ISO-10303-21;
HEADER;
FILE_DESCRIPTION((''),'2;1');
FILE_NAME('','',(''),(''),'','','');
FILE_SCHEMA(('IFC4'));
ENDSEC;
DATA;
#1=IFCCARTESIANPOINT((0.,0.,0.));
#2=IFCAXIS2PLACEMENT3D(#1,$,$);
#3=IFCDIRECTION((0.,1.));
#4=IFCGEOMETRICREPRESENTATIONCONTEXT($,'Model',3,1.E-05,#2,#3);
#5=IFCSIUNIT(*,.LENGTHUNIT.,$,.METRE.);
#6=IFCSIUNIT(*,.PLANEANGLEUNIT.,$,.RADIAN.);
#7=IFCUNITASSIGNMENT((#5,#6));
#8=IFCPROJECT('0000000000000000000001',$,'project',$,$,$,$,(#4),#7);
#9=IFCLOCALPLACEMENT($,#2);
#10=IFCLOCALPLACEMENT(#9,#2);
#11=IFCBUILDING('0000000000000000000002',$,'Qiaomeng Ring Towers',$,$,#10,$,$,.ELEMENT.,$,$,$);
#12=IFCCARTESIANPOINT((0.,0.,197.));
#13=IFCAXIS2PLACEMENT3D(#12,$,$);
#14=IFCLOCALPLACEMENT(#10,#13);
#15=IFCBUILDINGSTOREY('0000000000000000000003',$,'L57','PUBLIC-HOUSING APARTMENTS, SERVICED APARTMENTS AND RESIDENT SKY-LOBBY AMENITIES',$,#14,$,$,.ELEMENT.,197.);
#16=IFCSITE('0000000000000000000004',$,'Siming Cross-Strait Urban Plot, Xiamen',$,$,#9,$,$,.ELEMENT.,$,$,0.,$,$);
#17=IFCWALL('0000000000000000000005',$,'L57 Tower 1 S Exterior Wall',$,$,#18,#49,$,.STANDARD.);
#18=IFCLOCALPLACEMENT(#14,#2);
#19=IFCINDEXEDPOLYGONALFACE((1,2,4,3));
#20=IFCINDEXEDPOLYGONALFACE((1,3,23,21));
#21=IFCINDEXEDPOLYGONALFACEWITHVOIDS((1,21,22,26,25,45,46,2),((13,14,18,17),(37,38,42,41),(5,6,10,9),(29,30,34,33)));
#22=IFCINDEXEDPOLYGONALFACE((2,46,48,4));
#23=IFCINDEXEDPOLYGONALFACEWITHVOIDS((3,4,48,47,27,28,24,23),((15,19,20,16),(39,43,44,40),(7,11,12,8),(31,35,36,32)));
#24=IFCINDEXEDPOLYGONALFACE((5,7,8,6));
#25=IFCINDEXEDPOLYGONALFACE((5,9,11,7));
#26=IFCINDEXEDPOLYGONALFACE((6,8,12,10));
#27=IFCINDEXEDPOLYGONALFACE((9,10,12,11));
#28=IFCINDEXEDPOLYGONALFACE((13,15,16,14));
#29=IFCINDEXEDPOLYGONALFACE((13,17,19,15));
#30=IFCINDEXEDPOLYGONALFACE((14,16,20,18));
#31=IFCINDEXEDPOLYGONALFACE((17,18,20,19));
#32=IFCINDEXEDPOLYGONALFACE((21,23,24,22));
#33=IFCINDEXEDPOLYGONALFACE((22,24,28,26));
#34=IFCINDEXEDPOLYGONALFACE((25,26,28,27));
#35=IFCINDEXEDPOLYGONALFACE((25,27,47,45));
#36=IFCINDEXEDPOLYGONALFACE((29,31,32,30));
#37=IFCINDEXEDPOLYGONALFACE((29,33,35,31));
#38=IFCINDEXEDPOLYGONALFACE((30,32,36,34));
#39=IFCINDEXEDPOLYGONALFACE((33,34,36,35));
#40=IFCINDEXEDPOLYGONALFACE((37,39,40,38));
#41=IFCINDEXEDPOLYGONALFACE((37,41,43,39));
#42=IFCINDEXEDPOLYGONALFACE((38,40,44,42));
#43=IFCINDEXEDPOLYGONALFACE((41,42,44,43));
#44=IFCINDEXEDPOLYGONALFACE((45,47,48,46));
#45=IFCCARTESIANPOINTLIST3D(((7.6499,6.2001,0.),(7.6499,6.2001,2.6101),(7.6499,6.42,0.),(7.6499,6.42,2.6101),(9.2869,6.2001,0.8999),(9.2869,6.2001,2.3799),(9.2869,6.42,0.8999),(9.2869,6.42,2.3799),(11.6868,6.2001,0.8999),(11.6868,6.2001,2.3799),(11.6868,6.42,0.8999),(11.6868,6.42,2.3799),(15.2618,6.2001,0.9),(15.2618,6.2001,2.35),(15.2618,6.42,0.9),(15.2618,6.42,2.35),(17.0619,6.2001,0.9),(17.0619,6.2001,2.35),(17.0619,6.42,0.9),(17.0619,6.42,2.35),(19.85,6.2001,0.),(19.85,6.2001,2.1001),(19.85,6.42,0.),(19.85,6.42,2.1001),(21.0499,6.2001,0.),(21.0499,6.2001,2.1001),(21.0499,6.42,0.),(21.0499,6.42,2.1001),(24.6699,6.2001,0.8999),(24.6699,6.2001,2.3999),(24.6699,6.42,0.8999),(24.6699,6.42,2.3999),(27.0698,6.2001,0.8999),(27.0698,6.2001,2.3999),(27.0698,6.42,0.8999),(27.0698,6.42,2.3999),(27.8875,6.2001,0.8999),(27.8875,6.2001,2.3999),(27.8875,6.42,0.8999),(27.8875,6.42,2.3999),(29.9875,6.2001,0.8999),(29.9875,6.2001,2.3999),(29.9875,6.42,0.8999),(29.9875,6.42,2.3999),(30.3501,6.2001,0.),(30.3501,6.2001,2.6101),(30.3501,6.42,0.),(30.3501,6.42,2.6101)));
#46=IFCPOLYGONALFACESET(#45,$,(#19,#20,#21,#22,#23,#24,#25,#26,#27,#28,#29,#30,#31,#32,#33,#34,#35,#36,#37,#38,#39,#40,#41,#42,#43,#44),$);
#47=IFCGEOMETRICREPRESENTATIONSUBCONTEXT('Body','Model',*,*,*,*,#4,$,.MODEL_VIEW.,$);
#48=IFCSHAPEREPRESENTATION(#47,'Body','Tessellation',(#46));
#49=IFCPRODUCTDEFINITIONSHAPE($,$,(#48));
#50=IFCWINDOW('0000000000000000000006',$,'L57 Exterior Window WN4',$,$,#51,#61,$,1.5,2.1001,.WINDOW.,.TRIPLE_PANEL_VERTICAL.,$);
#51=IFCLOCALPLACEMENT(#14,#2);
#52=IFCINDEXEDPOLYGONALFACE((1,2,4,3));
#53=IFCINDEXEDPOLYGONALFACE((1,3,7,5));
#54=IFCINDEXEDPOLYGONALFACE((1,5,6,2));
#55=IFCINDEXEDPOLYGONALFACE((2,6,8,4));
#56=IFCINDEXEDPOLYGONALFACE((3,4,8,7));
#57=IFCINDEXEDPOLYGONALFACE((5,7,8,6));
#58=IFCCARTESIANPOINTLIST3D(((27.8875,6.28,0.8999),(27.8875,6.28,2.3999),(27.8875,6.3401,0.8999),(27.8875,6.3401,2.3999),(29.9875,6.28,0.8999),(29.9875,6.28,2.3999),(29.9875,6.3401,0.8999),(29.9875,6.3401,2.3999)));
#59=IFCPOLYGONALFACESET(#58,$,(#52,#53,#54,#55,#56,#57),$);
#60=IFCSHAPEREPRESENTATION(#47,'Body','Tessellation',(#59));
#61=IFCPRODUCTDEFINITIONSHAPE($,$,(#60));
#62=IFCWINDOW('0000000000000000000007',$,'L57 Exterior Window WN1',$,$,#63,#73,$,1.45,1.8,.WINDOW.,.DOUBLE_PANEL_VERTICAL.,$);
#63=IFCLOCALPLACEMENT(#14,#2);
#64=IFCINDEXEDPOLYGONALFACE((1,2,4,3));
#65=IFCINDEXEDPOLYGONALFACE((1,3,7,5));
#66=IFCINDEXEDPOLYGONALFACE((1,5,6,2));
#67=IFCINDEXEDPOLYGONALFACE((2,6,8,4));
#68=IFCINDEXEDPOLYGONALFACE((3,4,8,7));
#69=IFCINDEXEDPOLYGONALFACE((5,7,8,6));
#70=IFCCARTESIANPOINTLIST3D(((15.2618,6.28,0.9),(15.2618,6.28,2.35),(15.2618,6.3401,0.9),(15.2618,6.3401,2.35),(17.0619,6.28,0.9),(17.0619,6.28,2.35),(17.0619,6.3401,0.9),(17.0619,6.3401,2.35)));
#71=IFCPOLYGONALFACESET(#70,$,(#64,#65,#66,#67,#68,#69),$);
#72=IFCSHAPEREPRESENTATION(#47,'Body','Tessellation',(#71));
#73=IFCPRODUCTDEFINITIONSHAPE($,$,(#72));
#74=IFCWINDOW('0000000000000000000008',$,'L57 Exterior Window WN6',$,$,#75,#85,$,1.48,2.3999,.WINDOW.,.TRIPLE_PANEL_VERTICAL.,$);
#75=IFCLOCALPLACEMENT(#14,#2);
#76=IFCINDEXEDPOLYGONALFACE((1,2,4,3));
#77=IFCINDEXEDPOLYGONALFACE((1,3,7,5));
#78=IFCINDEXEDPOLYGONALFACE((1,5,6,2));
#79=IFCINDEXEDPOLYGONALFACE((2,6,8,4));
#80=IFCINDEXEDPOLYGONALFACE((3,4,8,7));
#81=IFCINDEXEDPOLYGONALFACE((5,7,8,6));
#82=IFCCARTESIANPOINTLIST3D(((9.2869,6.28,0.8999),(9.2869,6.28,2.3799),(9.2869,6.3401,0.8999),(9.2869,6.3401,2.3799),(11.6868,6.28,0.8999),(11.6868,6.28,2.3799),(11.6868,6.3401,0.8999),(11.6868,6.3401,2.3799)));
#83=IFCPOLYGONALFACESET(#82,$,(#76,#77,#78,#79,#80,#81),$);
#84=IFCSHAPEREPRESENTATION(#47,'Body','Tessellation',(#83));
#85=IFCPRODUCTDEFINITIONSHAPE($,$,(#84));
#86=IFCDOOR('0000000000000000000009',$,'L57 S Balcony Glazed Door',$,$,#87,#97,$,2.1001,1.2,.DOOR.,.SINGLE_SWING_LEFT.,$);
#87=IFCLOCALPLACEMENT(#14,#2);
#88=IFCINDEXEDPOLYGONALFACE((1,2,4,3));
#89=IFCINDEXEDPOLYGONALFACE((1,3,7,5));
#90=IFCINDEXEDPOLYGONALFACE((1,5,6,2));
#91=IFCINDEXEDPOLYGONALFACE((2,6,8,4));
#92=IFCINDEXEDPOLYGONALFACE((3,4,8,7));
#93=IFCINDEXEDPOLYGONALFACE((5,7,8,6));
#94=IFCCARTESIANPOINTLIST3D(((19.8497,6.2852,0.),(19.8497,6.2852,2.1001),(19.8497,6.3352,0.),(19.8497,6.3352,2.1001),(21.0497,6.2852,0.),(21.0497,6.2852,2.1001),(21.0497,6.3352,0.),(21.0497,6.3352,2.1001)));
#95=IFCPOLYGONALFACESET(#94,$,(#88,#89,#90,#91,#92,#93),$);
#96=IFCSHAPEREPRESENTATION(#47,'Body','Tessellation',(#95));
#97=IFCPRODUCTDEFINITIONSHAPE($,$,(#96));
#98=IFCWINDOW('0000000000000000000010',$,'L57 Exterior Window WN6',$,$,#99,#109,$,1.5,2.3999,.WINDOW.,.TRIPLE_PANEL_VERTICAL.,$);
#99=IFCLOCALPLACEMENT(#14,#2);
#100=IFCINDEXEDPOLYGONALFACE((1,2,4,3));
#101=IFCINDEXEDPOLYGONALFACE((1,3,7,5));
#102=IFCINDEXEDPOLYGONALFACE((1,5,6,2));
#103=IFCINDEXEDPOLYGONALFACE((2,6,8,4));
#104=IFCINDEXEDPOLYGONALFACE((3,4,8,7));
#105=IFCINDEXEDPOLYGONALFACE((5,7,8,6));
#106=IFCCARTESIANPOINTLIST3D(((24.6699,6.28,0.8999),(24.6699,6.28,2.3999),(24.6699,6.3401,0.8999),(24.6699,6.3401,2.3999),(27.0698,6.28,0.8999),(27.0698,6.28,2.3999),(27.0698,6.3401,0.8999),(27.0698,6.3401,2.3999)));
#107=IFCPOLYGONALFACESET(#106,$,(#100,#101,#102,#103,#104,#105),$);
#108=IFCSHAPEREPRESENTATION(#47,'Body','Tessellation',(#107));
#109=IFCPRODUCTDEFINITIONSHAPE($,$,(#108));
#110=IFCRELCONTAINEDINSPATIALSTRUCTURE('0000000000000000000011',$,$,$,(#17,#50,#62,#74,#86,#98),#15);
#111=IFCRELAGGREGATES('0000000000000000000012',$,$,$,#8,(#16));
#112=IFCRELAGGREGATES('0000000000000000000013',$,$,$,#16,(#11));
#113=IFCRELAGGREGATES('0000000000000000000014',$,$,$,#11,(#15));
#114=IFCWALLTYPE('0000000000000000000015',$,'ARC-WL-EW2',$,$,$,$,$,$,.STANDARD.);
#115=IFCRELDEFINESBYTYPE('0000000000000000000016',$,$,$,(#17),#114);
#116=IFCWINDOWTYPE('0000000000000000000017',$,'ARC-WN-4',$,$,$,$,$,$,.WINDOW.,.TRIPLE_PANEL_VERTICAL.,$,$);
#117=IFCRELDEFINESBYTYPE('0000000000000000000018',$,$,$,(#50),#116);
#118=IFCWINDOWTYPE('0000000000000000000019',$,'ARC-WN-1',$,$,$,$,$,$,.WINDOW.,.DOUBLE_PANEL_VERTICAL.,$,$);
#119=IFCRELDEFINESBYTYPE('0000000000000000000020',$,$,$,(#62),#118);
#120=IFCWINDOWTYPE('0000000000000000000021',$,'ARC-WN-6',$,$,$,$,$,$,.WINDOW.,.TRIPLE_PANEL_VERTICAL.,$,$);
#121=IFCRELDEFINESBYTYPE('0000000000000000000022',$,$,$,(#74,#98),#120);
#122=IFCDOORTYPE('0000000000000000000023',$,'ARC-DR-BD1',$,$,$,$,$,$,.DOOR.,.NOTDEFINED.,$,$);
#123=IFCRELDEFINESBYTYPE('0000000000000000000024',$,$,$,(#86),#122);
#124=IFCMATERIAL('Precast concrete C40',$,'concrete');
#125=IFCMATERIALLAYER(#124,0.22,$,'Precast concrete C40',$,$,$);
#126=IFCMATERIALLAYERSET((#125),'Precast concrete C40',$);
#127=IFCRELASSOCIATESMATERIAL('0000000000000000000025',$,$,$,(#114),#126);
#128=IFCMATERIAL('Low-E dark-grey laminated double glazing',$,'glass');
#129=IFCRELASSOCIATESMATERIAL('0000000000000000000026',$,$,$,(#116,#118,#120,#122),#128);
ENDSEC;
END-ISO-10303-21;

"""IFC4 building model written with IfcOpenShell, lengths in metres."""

from ifc_helpers import new_model, si_unit, direction, frame, frame_2d, origin, place, context, subcontext, project, spatial, rectangle, extrude, source, transform, mapped, material, layer, layer_set, type_object, element, fill, save


model = new_model("IFC4")

# Units and contexts
model_context = context("Model", 3, precision=1e-05, world=origin(), true_north=direction((0.0, 1.0)))
body_context = subcontext(model_context, "Body", "Model", "MODEL_VIEW")
ifc_project = project(units=[si_unit("LENGTHUNIT", "METRE"), si_unit("PLANEANGLEUNIT", "RADIAN")], contexts=[model_context])

# Site, building, storey
site_placement = place(None, origin())
site = spatial("IfcSite", under=ifc_project, at=site_placement, Name="Siming Cross-Strait Urban Plot, Xiamen", CompositionType="ELEMENT", RefElevation=0.0)
building_placement = place(site_placement, origin())
building = spatial("IfcBuilding", under=site, at=building_placement, Name="Qiaomeng Ring Towers", CompositionType="ELEMENT")
storey_placement = place(building_placement, frame((0.0, 0.0, 197.0)))
storey = spatial("IfcBuildingStorey", under=building, at=storey_placement, Name="L57", Description="PUBLIC-HOUSING APARTMENTS, SERVICED APARTMENTS AND RESIDENT SKY-LOBBY AMENITIES", CompositionType="ELEMENT", Elevation=197.0)

# Shared definitions
ifc_material_1 = material(Name="Low-E dark-grey laminated double glazing", Category="glass")

# Wall, openings, windows, door
ifc_material_2 = material(Name="Precast concrete C40", Category="concrete")
ifc_layer_1 = layer(ifc_material_2, 0.22, Name="Precast concrete C40")
ifc_layer_set_1 = layer_set([ifc_layer_1], Name="Precast concrete C40")
wall_type = type_object("IfcWallType", Name="ARC-WL-EW2", PredefinedType="STANDARD", material=ifc_layer_set_1)
wall_placement = place(storey_placement, frame((7.6499, 6.3101, 0.0), z_axis=(0.0, 0.0, 1.0), x_axis=(1.0, 0.0, 0.0)))
wall = element("IfcWall", 1, at=wall_placement, inside=storey, type_object=wall_type, Name="L57 Tower 1 S Exterior Wall", PredefinedType="STANDARD", context=body_context, shape_type="SweptSolid", body=[
    extrude(rectangle(XDim=22.7002, YDim=0.22, at=frame_2d((11.3501, 0.0))), origin(), (0.0, 0.0, 1.0), 2.6101),
])
opening_1_placement = place(wall_placement, frame((12.2, 0.0, 0.0)))
opening_1 = element("IfcOpeningElement", 2, at=opening_1_placement, cuts=wall, PredefinedType="OPENING", context=body_context, shape_type="SweptSolid", body=[
    extrude(rectangle(XDim=1.2, YDim=2.1001, at=frame_2d((0.6001, 1.05))), frame((0.0, 0.1199, 0.0), z_axis=(0.0, -1.0, 0.0), x_axis=(1.0, 0.0, 0.0)), (0.0, 0.0, 1.0), 0.24),
])
opening_2_placement = place(wall_placement, frame((1.637, 0.0, 0.8999)))
opening_2 = element("IfcOpeningElement", 3, at=opening_2_placement, cuts=wall, PredefinedType="OPENING", context=body_context, shape_type="SweptSolid", body=[
    extrude(rectangle(XDim=2.3999, YDim=1.48, at=frame_2d((1.2, 0.74))), frame((0.0, 0.1199, 0.0), z_axis=(0.0, -1.0, 0.0), x_axis=(1.0, 0.0, 0.0)), (0.0, 0.0, 1.0), 0.24),
])
opening_3_placement = place(wall_placement, frame((7.6121, 0.0, 0.8999)))
opening_3 = element("IfcOpeningElement", 4, at=opening_3_placement, cuts=wall, PredefinedType="OPENING", context=body_context, shape_type="SweptSolid", body=[
    extrude(rectangle(XDim=1.8, YDim=1.45, at=frame_2d((0.8999, 0.7251))), frame((0.0, 0.1199, 0.0), z_axis=(0.0, -1.0, 0.0), x_axis=(1.0, 0.0, 0.0)), (0.0, 0.0, 1.0), 0.24),
])
opening_4_placement = place(wall_placement, frame((20.2375, 0.0, 0.8999)))
opening_4 = element("IfcOpeningElement", 5, at=opening_4_placement, cuts=wall, PredefinedType="OPENING", context=body_context, shape_type="SweptSolid", body=[
    extrude(rectangle(XDim=2.1001, YDim=1.5, at=frame_2d((1.05, 0.75))), frame((0.0, 0.1199, 0.0), z_axis=(0.0, -1.0, 0.0), x_axis=(1.0, 0.0, 0.0)), (0.0, 0.0, 1.0), 0.24),
])
opening_5_placement = place(wall_placement, frame((17.02, 0.0, 0.8999)))
opening_5 = element("IfcOpeningElement", 6, at=opening_5_placement, cuts=wall, PredefinedType="OPENING", context=body_context, shape_type="SweptSolid", body=[
    extrude(rectangle(XDim=2.3999, YDim=1.5, at=frame_2d((1.2, 0.75))), frame((0.0, 0.1199, 0.0), z_axis=(0.0, -1.0, 0.0), x_axis=(1.0, 0.0, 0.0)), (0.0, 0.0, 1.0), 0.24),
])
window_type_1 = type_object("IfcWindowType", Name="ARC-WN-4", PartitioningType="TRIPLE_PANEL_VERTICAL", PredefinedType="WINDOW", material=ifc_material_1)
shared_shape_1 = source(origin(), body_context, "Body", "SweptSolid", [
    extrude(rectangle(XDim=2.1001, YDim=1.5, at=frame_2d((1.05, 0.75))), frame((0.0, 0.03, 0.0), z_axis=(0.0, -1.0, 0.0), x_axis=(1.0, 0.0, 0.0)), (0.0, 0.0, 1.0), 0.0601),
])
window_1_placement = place(opening_4_placement, origin())
window_1 = element("IfcWindow", 7, at=window_1_placement, inside=storey, type_object=window_type_1, Name="L57 Exterior Window WN4", OverallHeight=1.5, OverallWidth=2.1001, PartitioningType="TRIPLE_PANEL_VERTICAL", PredefinedType="WINDOW", context=body_context, shape_type="MappedRepresentation", body=[
    mapped(shared_shape_1, transform((0.0, 0.0, 0.0), x_axis=(1.0, 0.0, 0.0), y_axis=(0.0, 1.0, 0.0), z_axis=(0.0, 0.0, 1.0), scale=1.0)),
])
fill(opening_4, window_1)
window_type_2 = type_object("IfcWindowType", Name="ARC-WN-1", PartitioningType="DOUBLE_PANEL_VERTICAL", PredefinedType="WINDOW", material=ifc_material_1)
shared_shape_2 = source(origin(), body_context, "Body", "SweptSolid", [
    extrude(rectangle(XDim=1.8, YDim=1.45, at=frame_2d((0.8999, 0.7251))), frame((0.0, 0.03, 0.0), z_axis=(0.0, -1.0, 0.0), x_axis=(1.0, 0.0, 0.0)), (0.0, 0.0, 1.0), 0.0601),
])
window_2_placement = place(opening_3_placement, origin())
window_2 = element("IfcWindow", 8, at=window_2_placement, inside=storey, type_object=window_type_2, Name="L57 Exterior Window WN1", OverallHeight=1.45, OverallWidth=1.8, PartitioningType="DOUBLE_PANEL_VERTICAL", PredefinedType="WINDOW", context=body_context, shape_type="MappedRepresentation", body=[
    mapped(shared_shape_2, transform((0.0, 0.0, 0.0), x_axis=(1.0, 0.0, 0.0), y_axis=(0.0, 1.0, 0.0), z_axis=(0.0, 0.0, 1.0), scale=1.0)),
])
fill(opening_3, window_2)
window_type_3 = type_object("IfcWindowType", Name="ARC-WN-6", PartitioningType="TRIPLE_PANEL_VERTICAL", PredefinedType="WINDOW", material=ifc_material_1)
shared_shape_3 = source(origin(), body_context, "Body", "SweptSolid", [
    extrude(rectangle(XDim=2.3999, YDim=1.48, at=frame_2d((1.2, 0.74))), frame((0.0, 0.03, 0.0), z_axis=(0.0, -1.0, 0.0), x_axis=(1.0, 0.0, 0.0)), (0.0, 0.0, 1.0), 0.0601),
])
window_3_placement = place(opening_2_placement, origin())
window_3 = element("IfcWindow", 9, at=window_3_placement, inside=storey, type_object=window_type_3, Name="L57 Exterior Window WN6", OverallHeight=1.48, OverallWidth=2.3999, PartitioningType="TRIPLE_PANEL_VERTICAL", PredefinedType="WINDOW", context=body_context, shape_type="MappedRepresentation", body=[
    mapped(shared_shape_3, transform((0.0, 0.0, 0.0), x_axis=(1.0, 0.0, 0.0), y_axis=(0.0, 1.0, 0.0), z_axis=(0.0, 0.0, 1.0), scale=1.0)),
])
fill(opening_2, window_3)
door_type = type_object("IfcDoorType", Name="ARC-DR-BD1", OperationType="NOTDEFINED", PredefinedType="DOOR", material=ifc_material_1)
shared_shape_4 = source(origin(), body_context, "Body", "SweptSolid", [
    extrude(rectangle(XDim=1.2, YDim=2.1001, at=frame_2d((0.6001, 1.05))), frame((0.0, 0.0249, 0.0), z_axis=(0.0, -1.0, 0.0), x_axis=(1.0, 0.0, 0.0)), (0.0, 0.0, 1.0), 0.05),
])
door_placement = place(opening_1_placement, frame((1.2, 0.0, 0.0), z_axis=(0.0, 0.0, 1.0), x_axis=(-1.0, 0.0, 0.0)))
door = element("IfcDoor", 10, at=door_placement, inside=storey, type_object=door_type, Name="L57 S Balcony Glazed Door", OperationType="SINGLE_SWING_LEFT", OverallHeight=2.1001, OverallWidth=1.2, PredefinedType="DOOR", context=body_context, shape_type="MappedRepresentation", body=[
    mapped(shared_shape_4, transform((0.0, 0.0, 0.0), x_axis=(1.0, 0.0, 0.0), y_axis=(0.0, 1.0, 0.0), z_axis=(0.0, 0.0, 1.0), scale=1.0)),
])
fill(opening_1, door)
shared_shape_5 = source(origin(), body_context, "Body", "SweptSolid", [
    extrude(rectangle(XDim=2.3999, YDim=1.5, at=frame_2d((1.2, 0.75))), frame((0.0, 0.03, 0.0), z_axis=(0.0, -1.0, 0.0), x_axis=(1.0, 0.0, 0.0)), (0.0, 0.0, 1.0), 0.0601),
])
window_4_placement = place(opening_5_placement, origin())
window_4 = element("IfcWindow", 11, at=window_4_placement, inside=storey, type_object=window_type_3, Name="L57 Exterior Window WN6", OverallHeight=1.5, OverallWidth=2.3999, PartitioningType="TRIPLE_PANEL_VERTICAL", PredefinedType="WINDOW", context=body_context, shape_type="MappedRepresentation", body=[
    mapped(shared_shape_5, transform((0.0, 0.0, 0.0), x_axis=(1.0, 0.0, 0.0), y_axis=(0.0, 1.0, 0.0), z_axis=(0.0, 0.0, 1.0), scale=1.0)),
])
fill(opening_5, window_4)

save(model, "model.ifc")
